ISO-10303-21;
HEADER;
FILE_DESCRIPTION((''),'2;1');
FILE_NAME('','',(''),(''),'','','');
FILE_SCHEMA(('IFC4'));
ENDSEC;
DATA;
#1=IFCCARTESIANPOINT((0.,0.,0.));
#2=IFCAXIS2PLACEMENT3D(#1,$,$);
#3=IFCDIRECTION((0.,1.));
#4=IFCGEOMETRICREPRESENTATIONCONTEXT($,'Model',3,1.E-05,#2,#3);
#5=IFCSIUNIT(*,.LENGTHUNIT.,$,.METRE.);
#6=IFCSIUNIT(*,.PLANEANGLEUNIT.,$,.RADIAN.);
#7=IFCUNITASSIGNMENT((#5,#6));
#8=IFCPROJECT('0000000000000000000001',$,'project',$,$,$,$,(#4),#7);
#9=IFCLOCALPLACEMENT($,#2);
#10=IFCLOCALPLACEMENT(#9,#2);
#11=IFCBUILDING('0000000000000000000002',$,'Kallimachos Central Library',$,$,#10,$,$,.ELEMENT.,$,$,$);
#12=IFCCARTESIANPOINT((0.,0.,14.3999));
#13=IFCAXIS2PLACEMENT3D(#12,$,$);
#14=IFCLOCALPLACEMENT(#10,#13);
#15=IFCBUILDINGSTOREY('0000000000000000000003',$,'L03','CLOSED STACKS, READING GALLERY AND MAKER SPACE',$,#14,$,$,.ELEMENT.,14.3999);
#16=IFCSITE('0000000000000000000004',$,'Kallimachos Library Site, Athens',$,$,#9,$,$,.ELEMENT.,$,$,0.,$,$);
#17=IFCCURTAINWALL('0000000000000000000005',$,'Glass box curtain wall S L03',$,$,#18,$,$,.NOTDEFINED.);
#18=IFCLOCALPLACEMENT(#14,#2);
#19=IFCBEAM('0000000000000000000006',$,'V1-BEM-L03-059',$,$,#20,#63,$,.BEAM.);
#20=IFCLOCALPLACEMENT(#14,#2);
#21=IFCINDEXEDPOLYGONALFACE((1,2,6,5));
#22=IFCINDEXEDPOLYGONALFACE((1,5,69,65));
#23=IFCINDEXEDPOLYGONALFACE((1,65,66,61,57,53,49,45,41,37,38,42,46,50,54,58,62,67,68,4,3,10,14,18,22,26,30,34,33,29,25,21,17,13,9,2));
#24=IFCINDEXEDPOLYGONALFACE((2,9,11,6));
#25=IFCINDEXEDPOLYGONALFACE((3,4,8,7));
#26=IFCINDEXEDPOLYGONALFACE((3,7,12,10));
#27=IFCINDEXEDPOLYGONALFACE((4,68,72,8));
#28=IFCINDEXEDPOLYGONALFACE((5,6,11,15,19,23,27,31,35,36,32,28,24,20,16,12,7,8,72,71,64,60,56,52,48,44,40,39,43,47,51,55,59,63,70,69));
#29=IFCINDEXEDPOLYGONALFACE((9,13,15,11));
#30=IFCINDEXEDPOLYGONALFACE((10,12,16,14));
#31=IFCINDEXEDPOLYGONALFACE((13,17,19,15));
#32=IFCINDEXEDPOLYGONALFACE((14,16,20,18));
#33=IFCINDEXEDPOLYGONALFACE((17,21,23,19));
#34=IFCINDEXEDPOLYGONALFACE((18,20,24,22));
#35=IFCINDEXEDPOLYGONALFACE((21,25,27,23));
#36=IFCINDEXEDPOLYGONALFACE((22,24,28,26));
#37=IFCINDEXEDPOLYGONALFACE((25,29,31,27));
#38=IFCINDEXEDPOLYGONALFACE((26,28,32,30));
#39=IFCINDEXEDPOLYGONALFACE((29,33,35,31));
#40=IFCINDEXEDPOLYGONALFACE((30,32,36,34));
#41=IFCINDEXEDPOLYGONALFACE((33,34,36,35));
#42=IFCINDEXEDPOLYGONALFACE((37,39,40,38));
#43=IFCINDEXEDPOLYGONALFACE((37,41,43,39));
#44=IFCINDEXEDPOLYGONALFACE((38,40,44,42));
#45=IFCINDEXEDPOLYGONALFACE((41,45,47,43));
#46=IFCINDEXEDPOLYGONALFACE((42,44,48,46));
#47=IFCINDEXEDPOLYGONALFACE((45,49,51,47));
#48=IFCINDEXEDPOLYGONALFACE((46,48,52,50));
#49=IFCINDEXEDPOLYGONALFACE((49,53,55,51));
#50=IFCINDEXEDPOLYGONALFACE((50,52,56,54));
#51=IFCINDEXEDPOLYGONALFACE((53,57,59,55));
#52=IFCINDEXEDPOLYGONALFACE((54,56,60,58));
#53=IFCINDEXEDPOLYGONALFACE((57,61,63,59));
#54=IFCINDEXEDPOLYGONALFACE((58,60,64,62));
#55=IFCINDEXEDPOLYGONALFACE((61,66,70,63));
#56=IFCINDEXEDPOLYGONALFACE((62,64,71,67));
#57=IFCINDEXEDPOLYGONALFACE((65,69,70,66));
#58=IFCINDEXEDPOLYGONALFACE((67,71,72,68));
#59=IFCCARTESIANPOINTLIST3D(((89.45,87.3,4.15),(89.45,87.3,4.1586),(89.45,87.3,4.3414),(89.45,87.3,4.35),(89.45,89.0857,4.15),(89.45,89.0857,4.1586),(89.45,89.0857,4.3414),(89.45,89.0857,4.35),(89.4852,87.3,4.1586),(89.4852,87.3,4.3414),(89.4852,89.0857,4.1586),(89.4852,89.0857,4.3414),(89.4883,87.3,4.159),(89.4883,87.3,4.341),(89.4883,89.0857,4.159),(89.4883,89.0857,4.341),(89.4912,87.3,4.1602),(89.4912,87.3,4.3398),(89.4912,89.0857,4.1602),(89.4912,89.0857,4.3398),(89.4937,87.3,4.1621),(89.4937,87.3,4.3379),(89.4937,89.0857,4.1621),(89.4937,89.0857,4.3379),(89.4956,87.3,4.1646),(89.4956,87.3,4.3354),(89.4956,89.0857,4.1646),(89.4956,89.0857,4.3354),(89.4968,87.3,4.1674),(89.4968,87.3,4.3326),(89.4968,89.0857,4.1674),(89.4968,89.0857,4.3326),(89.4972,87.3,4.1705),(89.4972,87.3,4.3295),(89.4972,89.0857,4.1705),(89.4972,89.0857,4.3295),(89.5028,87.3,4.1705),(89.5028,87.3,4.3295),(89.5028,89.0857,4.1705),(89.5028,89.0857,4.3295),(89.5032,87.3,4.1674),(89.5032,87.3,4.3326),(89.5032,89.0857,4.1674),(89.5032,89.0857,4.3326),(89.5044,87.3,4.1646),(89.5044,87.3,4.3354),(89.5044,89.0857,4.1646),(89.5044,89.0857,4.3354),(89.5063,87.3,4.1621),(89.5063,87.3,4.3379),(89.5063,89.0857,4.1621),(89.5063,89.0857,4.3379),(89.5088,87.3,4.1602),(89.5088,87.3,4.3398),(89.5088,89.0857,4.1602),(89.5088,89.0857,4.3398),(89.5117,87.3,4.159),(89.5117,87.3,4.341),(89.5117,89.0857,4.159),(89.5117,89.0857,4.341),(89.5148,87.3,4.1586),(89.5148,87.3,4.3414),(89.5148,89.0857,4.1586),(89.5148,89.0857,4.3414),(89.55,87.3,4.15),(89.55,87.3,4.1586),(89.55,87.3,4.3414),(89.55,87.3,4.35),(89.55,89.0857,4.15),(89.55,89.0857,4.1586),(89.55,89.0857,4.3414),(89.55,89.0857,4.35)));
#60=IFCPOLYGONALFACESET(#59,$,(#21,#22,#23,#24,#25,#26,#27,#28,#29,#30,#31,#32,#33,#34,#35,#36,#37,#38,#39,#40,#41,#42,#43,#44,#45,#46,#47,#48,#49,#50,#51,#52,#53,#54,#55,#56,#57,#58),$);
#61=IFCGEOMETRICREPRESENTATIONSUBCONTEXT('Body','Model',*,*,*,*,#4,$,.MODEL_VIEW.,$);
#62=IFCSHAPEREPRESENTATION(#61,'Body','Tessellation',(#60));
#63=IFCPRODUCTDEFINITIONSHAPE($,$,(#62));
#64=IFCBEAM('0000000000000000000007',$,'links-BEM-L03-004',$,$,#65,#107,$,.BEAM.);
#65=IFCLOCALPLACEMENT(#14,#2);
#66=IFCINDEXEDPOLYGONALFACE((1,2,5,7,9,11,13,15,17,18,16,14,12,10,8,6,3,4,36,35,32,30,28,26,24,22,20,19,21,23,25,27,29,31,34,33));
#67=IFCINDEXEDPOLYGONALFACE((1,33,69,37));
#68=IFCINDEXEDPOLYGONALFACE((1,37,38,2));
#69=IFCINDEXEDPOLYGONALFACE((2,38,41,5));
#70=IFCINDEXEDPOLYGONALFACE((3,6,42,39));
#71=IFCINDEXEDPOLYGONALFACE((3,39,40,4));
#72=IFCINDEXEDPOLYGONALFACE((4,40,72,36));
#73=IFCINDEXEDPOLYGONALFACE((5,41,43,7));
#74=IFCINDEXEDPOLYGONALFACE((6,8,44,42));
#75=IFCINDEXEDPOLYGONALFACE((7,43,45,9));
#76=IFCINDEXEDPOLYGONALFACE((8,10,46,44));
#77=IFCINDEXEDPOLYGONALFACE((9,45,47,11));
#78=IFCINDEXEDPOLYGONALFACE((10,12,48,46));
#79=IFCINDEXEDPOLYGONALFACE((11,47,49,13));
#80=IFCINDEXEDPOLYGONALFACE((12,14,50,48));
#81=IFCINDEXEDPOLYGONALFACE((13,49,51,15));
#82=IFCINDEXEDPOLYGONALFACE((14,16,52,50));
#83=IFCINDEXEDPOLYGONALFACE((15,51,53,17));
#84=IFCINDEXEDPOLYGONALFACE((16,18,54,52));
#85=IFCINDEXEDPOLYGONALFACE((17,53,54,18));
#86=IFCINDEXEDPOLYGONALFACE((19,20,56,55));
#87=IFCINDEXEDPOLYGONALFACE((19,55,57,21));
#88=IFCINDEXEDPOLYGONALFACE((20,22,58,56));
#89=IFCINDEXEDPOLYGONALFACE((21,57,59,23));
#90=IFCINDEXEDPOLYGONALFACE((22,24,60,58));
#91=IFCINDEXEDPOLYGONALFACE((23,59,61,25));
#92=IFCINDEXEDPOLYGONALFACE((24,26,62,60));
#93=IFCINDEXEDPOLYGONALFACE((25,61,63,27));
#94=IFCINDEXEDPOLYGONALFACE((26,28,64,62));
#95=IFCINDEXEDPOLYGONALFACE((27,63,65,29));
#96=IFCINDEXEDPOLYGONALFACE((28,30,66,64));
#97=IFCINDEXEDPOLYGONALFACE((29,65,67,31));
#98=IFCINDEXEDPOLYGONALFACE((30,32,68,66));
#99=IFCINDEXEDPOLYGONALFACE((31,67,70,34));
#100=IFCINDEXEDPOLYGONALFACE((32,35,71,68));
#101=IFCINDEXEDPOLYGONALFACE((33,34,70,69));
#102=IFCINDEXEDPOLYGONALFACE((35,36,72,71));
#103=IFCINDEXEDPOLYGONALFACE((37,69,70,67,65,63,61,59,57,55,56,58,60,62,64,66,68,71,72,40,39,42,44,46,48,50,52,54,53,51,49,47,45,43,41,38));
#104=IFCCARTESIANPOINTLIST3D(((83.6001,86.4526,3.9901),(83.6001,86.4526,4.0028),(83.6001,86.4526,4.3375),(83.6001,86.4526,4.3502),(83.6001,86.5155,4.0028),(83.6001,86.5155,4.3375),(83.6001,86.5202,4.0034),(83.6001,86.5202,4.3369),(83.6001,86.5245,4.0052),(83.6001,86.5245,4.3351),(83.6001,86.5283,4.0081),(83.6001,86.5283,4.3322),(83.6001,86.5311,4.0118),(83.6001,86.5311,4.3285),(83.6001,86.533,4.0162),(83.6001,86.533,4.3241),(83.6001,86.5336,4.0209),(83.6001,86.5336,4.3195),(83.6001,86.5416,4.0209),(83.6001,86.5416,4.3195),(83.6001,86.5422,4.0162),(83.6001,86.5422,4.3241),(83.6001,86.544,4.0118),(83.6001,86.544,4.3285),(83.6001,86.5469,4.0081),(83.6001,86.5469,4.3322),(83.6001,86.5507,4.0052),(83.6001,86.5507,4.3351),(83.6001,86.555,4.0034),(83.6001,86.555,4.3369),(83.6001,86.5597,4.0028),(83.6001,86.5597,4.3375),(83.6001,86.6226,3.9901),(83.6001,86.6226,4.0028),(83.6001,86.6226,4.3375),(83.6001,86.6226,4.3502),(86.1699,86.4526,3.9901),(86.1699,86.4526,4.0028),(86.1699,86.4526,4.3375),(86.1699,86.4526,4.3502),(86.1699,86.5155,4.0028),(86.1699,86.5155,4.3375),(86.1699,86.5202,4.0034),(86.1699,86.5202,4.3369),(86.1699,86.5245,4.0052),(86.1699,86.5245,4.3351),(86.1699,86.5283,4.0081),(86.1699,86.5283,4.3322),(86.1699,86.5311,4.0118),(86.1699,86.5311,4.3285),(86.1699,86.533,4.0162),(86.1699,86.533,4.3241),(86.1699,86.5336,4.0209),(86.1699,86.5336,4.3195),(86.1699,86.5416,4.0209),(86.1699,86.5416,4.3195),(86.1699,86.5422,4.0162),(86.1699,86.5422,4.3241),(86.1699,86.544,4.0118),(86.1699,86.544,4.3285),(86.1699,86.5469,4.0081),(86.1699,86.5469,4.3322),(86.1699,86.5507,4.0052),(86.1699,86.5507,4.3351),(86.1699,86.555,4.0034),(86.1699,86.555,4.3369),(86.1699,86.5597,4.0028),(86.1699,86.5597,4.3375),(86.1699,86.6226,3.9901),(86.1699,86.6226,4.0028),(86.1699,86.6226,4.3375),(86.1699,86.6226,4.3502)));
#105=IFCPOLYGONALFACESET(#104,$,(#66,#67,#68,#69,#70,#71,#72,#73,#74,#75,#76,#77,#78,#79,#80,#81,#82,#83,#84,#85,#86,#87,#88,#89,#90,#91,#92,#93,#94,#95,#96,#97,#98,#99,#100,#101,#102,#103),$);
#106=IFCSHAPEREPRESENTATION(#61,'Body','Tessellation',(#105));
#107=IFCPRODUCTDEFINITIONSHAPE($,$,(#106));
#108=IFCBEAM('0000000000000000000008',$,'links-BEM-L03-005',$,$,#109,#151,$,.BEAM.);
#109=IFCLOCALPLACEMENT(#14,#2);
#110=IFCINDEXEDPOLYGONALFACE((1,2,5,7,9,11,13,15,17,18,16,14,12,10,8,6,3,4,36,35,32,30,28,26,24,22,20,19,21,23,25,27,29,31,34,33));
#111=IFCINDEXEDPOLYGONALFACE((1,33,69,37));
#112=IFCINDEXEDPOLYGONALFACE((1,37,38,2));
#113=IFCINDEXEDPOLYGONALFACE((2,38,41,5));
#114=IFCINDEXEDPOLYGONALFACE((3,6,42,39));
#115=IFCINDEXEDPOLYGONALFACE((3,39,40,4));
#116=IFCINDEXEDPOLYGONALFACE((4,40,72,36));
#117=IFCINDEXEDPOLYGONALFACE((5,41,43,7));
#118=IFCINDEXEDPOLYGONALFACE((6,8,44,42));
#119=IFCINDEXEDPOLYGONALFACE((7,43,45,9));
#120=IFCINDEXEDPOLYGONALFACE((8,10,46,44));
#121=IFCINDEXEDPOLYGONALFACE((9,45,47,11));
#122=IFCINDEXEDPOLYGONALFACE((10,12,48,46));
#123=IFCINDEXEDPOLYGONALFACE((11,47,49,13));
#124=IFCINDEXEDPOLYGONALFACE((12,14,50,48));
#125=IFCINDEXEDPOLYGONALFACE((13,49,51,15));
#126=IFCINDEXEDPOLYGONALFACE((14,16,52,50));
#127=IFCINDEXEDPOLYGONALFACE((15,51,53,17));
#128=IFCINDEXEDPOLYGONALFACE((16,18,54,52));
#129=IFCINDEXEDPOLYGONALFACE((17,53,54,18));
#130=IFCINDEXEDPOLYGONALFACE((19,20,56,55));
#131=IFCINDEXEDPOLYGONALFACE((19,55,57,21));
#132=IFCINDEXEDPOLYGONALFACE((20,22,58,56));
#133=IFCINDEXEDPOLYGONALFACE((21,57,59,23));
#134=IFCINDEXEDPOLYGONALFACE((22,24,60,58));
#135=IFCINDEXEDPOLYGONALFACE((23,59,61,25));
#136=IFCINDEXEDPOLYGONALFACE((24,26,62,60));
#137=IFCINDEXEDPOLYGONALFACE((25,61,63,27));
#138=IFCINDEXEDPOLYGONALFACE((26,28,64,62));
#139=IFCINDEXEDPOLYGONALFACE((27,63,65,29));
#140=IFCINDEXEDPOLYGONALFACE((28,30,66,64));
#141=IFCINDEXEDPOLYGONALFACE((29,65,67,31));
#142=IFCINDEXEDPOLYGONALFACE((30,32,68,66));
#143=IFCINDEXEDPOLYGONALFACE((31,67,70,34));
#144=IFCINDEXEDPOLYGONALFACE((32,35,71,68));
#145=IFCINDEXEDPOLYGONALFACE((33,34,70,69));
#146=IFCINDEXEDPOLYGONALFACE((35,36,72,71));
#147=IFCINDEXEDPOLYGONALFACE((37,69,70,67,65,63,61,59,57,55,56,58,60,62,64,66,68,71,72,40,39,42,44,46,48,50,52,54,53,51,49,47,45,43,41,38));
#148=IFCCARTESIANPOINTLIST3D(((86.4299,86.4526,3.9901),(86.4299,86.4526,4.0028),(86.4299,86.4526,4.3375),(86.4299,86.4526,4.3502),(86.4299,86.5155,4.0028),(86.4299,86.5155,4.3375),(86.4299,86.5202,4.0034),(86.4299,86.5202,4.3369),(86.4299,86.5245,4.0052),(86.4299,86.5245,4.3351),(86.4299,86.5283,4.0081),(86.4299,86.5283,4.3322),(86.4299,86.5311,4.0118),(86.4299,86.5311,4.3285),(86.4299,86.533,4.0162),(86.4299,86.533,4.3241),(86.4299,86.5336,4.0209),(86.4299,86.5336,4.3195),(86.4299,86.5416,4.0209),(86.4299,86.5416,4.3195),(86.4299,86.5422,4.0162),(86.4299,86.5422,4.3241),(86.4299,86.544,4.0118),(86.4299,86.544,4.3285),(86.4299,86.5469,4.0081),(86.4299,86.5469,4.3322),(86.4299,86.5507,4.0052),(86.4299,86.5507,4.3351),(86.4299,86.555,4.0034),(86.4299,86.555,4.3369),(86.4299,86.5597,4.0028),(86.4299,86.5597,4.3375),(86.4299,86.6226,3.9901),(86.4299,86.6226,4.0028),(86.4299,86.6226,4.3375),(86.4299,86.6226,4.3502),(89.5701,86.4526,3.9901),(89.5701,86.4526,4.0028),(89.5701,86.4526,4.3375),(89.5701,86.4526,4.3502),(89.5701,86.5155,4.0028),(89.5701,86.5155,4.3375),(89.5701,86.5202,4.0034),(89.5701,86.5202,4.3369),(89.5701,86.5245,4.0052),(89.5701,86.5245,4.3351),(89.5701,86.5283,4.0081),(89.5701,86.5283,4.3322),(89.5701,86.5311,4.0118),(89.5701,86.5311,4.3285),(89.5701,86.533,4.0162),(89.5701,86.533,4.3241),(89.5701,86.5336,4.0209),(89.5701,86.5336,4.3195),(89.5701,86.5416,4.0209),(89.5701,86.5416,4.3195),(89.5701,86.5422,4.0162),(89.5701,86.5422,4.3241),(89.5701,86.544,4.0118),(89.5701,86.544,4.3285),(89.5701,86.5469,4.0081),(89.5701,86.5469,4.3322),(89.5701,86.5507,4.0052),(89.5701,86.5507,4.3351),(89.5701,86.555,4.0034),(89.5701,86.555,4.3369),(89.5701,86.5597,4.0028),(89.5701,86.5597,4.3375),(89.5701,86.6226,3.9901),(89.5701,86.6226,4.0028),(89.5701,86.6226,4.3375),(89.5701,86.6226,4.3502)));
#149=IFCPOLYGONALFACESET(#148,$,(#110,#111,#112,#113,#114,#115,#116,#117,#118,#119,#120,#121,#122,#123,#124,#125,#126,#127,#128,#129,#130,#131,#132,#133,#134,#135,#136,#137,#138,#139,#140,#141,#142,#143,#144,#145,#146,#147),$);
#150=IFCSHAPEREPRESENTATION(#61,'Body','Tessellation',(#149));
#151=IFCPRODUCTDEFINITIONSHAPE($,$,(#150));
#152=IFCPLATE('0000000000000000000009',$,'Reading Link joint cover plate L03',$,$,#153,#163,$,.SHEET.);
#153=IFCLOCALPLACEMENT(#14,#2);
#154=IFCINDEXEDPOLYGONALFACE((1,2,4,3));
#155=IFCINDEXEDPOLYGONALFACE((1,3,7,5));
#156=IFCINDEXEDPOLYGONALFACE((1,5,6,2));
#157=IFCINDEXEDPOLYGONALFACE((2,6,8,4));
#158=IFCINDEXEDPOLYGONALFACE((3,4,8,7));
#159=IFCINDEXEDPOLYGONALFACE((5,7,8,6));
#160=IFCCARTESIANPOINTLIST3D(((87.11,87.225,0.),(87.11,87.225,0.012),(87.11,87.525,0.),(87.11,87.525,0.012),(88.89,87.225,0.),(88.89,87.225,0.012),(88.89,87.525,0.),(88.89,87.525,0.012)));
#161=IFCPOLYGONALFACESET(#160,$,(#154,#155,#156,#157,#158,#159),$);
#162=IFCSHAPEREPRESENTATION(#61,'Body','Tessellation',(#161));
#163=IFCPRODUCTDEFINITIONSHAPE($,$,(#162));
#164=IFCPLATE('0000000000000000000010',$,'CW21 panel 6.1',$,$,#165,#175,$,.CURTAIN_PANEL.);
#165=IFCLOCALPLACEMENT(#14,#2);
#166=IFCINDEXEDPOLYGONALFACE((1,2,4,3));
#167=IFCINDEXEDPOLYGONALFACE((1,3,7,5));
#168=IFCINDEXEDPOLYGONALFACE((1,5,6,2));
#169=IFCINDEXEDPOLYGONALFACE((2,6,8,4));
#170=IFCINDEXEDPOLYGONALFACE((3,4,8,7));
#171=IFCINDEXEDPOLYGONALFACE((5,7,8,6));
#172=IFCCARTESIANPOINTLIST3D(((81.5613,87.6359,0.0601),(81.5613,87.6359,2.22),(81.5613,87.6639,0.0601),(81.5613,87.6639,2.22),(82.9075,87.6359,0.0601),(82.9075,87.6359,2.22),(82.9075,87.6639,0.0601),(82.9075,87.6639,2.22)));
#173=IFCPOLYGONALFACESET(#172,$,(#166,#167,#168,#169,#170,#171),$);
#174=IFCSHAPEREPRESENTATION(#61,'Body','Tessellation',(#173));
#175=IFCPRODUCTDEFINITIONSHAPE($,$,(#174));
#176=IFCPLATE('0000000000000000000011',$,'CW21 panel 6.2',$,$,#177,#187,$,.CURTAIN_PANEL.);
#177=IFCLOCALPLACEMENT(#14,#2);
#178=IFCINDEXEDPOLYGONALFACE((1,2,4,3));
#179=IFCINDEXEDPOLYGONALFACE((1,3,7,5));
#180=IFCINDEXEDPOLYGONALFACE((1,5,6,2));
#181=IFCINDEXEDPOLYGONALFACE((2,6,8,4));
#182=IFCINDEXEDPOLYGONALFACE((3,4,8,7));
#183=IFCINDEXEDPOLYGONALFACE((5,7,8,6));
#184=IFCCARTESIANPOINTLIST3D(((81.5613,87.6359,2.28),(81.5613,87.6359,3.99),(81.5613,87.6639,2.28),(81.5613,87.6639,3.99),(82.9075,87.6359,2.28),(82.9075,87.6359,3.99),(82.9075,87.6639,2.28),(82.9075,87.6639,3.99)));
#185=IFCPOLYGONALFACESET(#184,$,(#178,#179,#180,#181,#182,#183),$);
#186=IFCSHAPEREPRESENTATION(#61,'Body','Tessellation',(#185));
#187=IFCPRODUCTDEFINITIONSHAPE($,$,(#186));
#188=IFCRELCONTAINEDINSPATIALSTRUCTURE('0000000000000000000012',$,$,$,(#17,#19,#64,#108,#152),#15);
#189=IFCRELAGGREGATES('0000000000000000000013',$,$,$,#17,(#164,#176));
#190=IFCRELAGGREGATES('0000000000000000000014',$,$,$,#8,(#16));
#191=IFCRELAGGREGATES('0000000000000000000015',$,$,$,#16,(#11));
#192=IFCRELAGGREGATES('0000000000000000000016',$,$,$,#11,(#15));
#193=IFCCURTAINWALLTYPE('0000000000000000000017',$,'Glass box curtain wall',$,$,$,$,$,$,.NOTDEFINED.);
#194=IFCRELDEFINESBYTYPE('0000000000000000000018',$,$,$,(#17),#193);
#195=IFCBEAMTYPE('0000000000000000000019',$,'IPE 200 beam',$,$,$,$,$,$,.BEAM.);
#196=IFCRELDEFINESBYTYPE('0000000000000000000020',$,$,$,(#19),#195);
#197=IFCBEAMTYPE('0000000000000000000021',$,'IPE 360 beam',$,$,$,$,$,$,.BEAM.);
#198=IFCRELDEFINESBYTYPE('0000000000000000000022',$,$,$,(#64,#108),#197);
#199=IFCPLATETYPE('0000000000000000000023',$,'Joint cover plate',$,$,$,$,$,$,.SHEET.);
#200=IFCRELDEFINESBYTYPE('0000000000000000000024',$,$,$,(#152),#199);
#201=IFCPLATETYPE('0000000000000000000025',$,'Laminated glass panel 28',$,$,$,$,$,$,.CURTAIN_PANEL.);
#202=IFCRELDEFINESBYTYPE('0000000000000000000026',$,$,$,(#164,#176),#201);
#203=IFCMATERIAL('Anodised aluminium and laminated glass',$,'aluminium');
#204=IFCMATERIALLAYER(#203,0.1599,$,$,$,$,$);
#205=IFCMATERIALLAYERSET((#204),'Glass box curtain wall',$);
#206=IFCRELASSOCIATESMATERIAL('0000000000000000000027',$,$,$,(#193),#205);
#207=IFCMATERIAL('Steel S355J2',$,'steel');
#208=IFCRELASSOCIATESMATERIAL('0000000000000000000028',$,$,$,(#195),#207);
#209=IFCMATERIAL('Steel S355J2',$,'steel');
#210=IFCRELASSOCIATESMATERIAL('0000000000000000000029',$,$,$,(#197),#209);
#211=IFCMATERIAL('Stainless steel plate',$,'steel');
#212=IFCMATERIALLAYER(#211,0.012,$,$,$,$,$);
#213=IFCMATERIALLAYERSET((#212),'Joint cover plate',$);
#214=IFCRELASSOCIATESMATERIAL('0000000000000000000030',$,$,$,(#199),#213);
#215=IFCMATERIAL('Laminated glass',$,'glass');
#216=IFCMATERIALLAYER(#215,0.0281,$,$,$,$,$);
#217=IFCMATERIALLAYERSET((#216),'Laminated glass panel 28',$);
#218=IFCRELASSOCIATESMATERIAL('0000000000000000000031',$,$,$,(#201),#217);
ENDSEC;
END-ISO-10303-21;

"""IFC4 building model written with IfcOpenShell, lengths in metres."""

from ifc_helpers import new_model, si_unit, direction, frame, origin, origin_2d, place, context, subcontext, project, spatial, rectangle, i_section, extrude, material, layer, layer_set, material_profile, profile_set, type_object, element, aggregate, save


model = new_model("IFC4")

# Units and contexts
model_context = context("Model", 3, precision=1e-05, world=origin(), true_north=direction((0.0, 1.0)))
body_context = subcontext(model_context, "Body", "Model", "MODEL_VIEW")
ifc_project = project(units=[si_unit("LENGTHUNIT", "METRE"), si_unit("PLANEANGLEUNIT", "RADIAN")], contexts=[model_context])

# Site, building, storey
site_placement = place(None, origin())
site = spatial("IfcSite", under=ifc_project, at=site_placement, Name="Kallimachos Library Site, Athens", CompositionType="ELEMENT", RefElevation=0.0)
building_placement = place(site_placement, origin())
building = spatial("IfcBuilding", under=site, at=building_placement, Name="Kallimachos Central Library", CompositionType="ELEMENT")
storey_placement = place(building_placement, frame((0.0, 0.0, 14.3999)))
storey = spatial("IfcBuildingStorey", under=building, at=storey_placement, Name="L03", Description="CLOSED STACKS, READING GALLERY AND MAKER SPACE", CompositionType="ELEMENT", Elevation=14.3999)

# Curtain wall
ifc_material_1 = material(Name="Anodised aluminium and laminated glass", Category="aluminium")
ifc_layer_1 = layer(ifc_material_1, 0.1599)
ifc_layer_set_1 = layer_set([ifc_layer_1], Name="Glass box curtain wall")
curtain_wall_type_1 = type_object("IfcCurtainWallType", Name="Glass box curtain wall", PredefinedType="NOTDEFINED", material=ifc_layer_set_1)
curtain_wall_1_placement = place(storey_placement, origin())
curtain_wall_1 = element("IfcCurtainWall", 1, at=curtain_wall_1_placement, inside=storey, type_object=curtain_wall_type_1, Name="Glass box curtain wall S L03", PredefinedType="NOTDEFINED")

# Beams
ifc_material_2 = material(Name="Steel S355J2", Category="steel")
ifc_material_profile_1 = material_profile(ifc_material_2, i_section(OverallWidth=0.1001, OverallDepth=0.2, WebThickness=0.0056, FlangeThickness=0.0085, FilletRadius=0.012, at=origin_2d()), Name="IPE 200")
ifc_profile_set_1 = profile_set([ifc_material_profile_1], Name="Steel S355J2")
beam_type_1 = type_object("IfcBeamType", Name="IPE 200 beam", PredefinedType="BEAM", material=ifc_profile_set_1)
for number, where, z_axis, x_axis, name in (
    (2, (89.5, 87.3, 4.25), (0.0, 1.0, 0.0), (-1.0, 0.0, 0.0), "V1-BEM-L03-059"),
):
    element("IfcBeam", number, at=place(storey_placement, frame(where, z_axis=z_axis, x_axis=x_axis)), inside=storey, type_object=beam_type_1, Name=name, PredefinedType="BEAM", context=body_context, shape_type="SweptSolid", body=[
        extrude(i_section(OverallWidth=0.1001, OverallDepth=0.2, WebThickness=0.0056, FlangeThickness=0.0085, FilletRadius=0.012, at=origin_2d()), origin(), (0.0, 0.0, 1.0), 1.7856),
    ])
ifc_material_3 = material(Name="Steel S355J2", Category="steel")
ifc_material_profile_2 = material_profile(ifc_material_3, i_section(OverallWidth=0.1699, OverallDepth=0.3601, WebThickness=0.0081, FlangeThickness=0.0127, FilletRadius=0.0181, at=origin_2d()), Name="IPE 360")
ifc_profile_set_2 = profile_set([ifc_material_profile_2], Name="Steel S355J2")
beam_type_2 = type_object("IfcBeamType", Name="IPE 360 beam", PredefinedType="BEAM", material=ifc_profile_set_2)
beam_1_placement = place(storey_placement, frame((83.6001, 86.5376, 4.1702), z_axis=(1.0, 0.0, 0.0), x_axis=(0.0, 1.0, 0.0)))
element("IfcBeam", 3, at=beam_1_placement, inside=storey, type_object=beam_type_2, Name="links-BEM-L03-004", PredefinedType="BEAM", context=body_context, shape_type="SweptSolid", body=[
    extrude(i_section(OverallWidth=0.1699, OverallDepth=0.3601, WebThickness=0.0081, FlangeThickness=0.0127, FilletRadius=0.0181, at=origin_2d()), origin(), (0.0, 0.0, 1.0), 2.5698),
])
beam_2_placement = place(storey_placement, frame((86.4299, 86.5376, 4.1702), z_axis=(1.0, 0.0, 0.0), x_axis=(0.0, 1.0, 0.0)))
element("IfcBeam", 4, at=beam_2_placement, inside=storey, type_object=beam_type_2, Name="links-BEM-L03-005", PredefinedType="BEAM", context=body_context, shape_type="SweptSolid", body=[
    extrude(i_section(OverallWidth=0.1699, OverallDepth=0.3601, WebThickness=0.0081, FlangeThickness=0.0127, FilletRadius=0.0181, at=origin_2d()), origin(), (0.0, 0.0, 1.0), 3.1401),
])

# Plates
ifc_material_4 = material(Name="Stainless steel plate", Category="steel")
ifc_layer_2 = layer(ifc_material_4, 0.012)
ifc_layer_set_2 = layer_set([ifc_layer_2], Name="Joint cover plate")
plate_type_1 = type_object("IfcPlateType", Name="Joint cover plate", PredefinedType="SHEET", material=ifc_layer_set_2)
plate_1_placement = place(storey_placement, frame((88.0, 87.375, 0.0), z_axis=(0.0, 0.0, 1.0), x_axis=(1.0, 0.0, 0.0)))
element("IfcPlate", 5, at=plate_1_placement, inside=storey, type_object=plate_type_1, Name="Reading Link joint cover plate L03", PredefinedType="SHEET", context=body_context, shape_type="SweptSolid", body=[
    extrude(rectangle(XDim=1.78, YDim=0.3, at=origin_2d()), origin(), (0.0, 0.0, 1.0), 0.012),
])
ifc_material_5 = material(Name="Laminated glass", Category="glass")
ifc_layer_3 = layer(ifc_material_5, 0.0281)
ifc_layer_set_3 = layer_set([ifc_layer_3], Name="Laminated glass panel 28")
plate_type_2 = type_object("IfcPlateType", Name="Laminated glass panel 28", PredefinedType="CURTAIN_PANEL", material=ifc_layer_set_3)
plate_2_placement = place(storey_placement, frame((82.2344, 87.6499, 0.0601), z_axis=(0.0, 0.0, 1.0), x_axis=(1.0, 0.0, 0.0)))
plate_2 = element("IfcPlate", 6, at=plate_2_placement, type_object=plate_type_2, Name="CW21 panel 6.1", PredefinedType="CURTAIN_PANEL", context=body_context, shape_type="SweptSolid", body=[
    extrude(rectangle(XDim=1.3462, YDim=0.0281, at=origin_2d()), origin(), (0.0, 0.0, 1.0), 2.1599),
])
plate_3_placement = place(storey_placement, frame((82.2344, 87.6499, 2.28), z_axis=(0.0, 0.0, 1.0), x_axis=(1.0, 0.0, 0.0)))
plate_3 = element("IfcPlate", 7, at=plate_3_placement, type_object=plate_type_2, Name="CW21 panel 6.2", PredefinedType="CURTAIN_PANEL", context=body_context, shape_type="SweptSolid", body=[
    extrude(rectangle(XDim=1.3462, YDim=0.0281, at=origin_2d()), origin(), (0.0, 0.0, 1.0), 1.71),
])
aggregate(curtain_wall_1, [plate_2, plate_3])

save(model, "model.ifc")
